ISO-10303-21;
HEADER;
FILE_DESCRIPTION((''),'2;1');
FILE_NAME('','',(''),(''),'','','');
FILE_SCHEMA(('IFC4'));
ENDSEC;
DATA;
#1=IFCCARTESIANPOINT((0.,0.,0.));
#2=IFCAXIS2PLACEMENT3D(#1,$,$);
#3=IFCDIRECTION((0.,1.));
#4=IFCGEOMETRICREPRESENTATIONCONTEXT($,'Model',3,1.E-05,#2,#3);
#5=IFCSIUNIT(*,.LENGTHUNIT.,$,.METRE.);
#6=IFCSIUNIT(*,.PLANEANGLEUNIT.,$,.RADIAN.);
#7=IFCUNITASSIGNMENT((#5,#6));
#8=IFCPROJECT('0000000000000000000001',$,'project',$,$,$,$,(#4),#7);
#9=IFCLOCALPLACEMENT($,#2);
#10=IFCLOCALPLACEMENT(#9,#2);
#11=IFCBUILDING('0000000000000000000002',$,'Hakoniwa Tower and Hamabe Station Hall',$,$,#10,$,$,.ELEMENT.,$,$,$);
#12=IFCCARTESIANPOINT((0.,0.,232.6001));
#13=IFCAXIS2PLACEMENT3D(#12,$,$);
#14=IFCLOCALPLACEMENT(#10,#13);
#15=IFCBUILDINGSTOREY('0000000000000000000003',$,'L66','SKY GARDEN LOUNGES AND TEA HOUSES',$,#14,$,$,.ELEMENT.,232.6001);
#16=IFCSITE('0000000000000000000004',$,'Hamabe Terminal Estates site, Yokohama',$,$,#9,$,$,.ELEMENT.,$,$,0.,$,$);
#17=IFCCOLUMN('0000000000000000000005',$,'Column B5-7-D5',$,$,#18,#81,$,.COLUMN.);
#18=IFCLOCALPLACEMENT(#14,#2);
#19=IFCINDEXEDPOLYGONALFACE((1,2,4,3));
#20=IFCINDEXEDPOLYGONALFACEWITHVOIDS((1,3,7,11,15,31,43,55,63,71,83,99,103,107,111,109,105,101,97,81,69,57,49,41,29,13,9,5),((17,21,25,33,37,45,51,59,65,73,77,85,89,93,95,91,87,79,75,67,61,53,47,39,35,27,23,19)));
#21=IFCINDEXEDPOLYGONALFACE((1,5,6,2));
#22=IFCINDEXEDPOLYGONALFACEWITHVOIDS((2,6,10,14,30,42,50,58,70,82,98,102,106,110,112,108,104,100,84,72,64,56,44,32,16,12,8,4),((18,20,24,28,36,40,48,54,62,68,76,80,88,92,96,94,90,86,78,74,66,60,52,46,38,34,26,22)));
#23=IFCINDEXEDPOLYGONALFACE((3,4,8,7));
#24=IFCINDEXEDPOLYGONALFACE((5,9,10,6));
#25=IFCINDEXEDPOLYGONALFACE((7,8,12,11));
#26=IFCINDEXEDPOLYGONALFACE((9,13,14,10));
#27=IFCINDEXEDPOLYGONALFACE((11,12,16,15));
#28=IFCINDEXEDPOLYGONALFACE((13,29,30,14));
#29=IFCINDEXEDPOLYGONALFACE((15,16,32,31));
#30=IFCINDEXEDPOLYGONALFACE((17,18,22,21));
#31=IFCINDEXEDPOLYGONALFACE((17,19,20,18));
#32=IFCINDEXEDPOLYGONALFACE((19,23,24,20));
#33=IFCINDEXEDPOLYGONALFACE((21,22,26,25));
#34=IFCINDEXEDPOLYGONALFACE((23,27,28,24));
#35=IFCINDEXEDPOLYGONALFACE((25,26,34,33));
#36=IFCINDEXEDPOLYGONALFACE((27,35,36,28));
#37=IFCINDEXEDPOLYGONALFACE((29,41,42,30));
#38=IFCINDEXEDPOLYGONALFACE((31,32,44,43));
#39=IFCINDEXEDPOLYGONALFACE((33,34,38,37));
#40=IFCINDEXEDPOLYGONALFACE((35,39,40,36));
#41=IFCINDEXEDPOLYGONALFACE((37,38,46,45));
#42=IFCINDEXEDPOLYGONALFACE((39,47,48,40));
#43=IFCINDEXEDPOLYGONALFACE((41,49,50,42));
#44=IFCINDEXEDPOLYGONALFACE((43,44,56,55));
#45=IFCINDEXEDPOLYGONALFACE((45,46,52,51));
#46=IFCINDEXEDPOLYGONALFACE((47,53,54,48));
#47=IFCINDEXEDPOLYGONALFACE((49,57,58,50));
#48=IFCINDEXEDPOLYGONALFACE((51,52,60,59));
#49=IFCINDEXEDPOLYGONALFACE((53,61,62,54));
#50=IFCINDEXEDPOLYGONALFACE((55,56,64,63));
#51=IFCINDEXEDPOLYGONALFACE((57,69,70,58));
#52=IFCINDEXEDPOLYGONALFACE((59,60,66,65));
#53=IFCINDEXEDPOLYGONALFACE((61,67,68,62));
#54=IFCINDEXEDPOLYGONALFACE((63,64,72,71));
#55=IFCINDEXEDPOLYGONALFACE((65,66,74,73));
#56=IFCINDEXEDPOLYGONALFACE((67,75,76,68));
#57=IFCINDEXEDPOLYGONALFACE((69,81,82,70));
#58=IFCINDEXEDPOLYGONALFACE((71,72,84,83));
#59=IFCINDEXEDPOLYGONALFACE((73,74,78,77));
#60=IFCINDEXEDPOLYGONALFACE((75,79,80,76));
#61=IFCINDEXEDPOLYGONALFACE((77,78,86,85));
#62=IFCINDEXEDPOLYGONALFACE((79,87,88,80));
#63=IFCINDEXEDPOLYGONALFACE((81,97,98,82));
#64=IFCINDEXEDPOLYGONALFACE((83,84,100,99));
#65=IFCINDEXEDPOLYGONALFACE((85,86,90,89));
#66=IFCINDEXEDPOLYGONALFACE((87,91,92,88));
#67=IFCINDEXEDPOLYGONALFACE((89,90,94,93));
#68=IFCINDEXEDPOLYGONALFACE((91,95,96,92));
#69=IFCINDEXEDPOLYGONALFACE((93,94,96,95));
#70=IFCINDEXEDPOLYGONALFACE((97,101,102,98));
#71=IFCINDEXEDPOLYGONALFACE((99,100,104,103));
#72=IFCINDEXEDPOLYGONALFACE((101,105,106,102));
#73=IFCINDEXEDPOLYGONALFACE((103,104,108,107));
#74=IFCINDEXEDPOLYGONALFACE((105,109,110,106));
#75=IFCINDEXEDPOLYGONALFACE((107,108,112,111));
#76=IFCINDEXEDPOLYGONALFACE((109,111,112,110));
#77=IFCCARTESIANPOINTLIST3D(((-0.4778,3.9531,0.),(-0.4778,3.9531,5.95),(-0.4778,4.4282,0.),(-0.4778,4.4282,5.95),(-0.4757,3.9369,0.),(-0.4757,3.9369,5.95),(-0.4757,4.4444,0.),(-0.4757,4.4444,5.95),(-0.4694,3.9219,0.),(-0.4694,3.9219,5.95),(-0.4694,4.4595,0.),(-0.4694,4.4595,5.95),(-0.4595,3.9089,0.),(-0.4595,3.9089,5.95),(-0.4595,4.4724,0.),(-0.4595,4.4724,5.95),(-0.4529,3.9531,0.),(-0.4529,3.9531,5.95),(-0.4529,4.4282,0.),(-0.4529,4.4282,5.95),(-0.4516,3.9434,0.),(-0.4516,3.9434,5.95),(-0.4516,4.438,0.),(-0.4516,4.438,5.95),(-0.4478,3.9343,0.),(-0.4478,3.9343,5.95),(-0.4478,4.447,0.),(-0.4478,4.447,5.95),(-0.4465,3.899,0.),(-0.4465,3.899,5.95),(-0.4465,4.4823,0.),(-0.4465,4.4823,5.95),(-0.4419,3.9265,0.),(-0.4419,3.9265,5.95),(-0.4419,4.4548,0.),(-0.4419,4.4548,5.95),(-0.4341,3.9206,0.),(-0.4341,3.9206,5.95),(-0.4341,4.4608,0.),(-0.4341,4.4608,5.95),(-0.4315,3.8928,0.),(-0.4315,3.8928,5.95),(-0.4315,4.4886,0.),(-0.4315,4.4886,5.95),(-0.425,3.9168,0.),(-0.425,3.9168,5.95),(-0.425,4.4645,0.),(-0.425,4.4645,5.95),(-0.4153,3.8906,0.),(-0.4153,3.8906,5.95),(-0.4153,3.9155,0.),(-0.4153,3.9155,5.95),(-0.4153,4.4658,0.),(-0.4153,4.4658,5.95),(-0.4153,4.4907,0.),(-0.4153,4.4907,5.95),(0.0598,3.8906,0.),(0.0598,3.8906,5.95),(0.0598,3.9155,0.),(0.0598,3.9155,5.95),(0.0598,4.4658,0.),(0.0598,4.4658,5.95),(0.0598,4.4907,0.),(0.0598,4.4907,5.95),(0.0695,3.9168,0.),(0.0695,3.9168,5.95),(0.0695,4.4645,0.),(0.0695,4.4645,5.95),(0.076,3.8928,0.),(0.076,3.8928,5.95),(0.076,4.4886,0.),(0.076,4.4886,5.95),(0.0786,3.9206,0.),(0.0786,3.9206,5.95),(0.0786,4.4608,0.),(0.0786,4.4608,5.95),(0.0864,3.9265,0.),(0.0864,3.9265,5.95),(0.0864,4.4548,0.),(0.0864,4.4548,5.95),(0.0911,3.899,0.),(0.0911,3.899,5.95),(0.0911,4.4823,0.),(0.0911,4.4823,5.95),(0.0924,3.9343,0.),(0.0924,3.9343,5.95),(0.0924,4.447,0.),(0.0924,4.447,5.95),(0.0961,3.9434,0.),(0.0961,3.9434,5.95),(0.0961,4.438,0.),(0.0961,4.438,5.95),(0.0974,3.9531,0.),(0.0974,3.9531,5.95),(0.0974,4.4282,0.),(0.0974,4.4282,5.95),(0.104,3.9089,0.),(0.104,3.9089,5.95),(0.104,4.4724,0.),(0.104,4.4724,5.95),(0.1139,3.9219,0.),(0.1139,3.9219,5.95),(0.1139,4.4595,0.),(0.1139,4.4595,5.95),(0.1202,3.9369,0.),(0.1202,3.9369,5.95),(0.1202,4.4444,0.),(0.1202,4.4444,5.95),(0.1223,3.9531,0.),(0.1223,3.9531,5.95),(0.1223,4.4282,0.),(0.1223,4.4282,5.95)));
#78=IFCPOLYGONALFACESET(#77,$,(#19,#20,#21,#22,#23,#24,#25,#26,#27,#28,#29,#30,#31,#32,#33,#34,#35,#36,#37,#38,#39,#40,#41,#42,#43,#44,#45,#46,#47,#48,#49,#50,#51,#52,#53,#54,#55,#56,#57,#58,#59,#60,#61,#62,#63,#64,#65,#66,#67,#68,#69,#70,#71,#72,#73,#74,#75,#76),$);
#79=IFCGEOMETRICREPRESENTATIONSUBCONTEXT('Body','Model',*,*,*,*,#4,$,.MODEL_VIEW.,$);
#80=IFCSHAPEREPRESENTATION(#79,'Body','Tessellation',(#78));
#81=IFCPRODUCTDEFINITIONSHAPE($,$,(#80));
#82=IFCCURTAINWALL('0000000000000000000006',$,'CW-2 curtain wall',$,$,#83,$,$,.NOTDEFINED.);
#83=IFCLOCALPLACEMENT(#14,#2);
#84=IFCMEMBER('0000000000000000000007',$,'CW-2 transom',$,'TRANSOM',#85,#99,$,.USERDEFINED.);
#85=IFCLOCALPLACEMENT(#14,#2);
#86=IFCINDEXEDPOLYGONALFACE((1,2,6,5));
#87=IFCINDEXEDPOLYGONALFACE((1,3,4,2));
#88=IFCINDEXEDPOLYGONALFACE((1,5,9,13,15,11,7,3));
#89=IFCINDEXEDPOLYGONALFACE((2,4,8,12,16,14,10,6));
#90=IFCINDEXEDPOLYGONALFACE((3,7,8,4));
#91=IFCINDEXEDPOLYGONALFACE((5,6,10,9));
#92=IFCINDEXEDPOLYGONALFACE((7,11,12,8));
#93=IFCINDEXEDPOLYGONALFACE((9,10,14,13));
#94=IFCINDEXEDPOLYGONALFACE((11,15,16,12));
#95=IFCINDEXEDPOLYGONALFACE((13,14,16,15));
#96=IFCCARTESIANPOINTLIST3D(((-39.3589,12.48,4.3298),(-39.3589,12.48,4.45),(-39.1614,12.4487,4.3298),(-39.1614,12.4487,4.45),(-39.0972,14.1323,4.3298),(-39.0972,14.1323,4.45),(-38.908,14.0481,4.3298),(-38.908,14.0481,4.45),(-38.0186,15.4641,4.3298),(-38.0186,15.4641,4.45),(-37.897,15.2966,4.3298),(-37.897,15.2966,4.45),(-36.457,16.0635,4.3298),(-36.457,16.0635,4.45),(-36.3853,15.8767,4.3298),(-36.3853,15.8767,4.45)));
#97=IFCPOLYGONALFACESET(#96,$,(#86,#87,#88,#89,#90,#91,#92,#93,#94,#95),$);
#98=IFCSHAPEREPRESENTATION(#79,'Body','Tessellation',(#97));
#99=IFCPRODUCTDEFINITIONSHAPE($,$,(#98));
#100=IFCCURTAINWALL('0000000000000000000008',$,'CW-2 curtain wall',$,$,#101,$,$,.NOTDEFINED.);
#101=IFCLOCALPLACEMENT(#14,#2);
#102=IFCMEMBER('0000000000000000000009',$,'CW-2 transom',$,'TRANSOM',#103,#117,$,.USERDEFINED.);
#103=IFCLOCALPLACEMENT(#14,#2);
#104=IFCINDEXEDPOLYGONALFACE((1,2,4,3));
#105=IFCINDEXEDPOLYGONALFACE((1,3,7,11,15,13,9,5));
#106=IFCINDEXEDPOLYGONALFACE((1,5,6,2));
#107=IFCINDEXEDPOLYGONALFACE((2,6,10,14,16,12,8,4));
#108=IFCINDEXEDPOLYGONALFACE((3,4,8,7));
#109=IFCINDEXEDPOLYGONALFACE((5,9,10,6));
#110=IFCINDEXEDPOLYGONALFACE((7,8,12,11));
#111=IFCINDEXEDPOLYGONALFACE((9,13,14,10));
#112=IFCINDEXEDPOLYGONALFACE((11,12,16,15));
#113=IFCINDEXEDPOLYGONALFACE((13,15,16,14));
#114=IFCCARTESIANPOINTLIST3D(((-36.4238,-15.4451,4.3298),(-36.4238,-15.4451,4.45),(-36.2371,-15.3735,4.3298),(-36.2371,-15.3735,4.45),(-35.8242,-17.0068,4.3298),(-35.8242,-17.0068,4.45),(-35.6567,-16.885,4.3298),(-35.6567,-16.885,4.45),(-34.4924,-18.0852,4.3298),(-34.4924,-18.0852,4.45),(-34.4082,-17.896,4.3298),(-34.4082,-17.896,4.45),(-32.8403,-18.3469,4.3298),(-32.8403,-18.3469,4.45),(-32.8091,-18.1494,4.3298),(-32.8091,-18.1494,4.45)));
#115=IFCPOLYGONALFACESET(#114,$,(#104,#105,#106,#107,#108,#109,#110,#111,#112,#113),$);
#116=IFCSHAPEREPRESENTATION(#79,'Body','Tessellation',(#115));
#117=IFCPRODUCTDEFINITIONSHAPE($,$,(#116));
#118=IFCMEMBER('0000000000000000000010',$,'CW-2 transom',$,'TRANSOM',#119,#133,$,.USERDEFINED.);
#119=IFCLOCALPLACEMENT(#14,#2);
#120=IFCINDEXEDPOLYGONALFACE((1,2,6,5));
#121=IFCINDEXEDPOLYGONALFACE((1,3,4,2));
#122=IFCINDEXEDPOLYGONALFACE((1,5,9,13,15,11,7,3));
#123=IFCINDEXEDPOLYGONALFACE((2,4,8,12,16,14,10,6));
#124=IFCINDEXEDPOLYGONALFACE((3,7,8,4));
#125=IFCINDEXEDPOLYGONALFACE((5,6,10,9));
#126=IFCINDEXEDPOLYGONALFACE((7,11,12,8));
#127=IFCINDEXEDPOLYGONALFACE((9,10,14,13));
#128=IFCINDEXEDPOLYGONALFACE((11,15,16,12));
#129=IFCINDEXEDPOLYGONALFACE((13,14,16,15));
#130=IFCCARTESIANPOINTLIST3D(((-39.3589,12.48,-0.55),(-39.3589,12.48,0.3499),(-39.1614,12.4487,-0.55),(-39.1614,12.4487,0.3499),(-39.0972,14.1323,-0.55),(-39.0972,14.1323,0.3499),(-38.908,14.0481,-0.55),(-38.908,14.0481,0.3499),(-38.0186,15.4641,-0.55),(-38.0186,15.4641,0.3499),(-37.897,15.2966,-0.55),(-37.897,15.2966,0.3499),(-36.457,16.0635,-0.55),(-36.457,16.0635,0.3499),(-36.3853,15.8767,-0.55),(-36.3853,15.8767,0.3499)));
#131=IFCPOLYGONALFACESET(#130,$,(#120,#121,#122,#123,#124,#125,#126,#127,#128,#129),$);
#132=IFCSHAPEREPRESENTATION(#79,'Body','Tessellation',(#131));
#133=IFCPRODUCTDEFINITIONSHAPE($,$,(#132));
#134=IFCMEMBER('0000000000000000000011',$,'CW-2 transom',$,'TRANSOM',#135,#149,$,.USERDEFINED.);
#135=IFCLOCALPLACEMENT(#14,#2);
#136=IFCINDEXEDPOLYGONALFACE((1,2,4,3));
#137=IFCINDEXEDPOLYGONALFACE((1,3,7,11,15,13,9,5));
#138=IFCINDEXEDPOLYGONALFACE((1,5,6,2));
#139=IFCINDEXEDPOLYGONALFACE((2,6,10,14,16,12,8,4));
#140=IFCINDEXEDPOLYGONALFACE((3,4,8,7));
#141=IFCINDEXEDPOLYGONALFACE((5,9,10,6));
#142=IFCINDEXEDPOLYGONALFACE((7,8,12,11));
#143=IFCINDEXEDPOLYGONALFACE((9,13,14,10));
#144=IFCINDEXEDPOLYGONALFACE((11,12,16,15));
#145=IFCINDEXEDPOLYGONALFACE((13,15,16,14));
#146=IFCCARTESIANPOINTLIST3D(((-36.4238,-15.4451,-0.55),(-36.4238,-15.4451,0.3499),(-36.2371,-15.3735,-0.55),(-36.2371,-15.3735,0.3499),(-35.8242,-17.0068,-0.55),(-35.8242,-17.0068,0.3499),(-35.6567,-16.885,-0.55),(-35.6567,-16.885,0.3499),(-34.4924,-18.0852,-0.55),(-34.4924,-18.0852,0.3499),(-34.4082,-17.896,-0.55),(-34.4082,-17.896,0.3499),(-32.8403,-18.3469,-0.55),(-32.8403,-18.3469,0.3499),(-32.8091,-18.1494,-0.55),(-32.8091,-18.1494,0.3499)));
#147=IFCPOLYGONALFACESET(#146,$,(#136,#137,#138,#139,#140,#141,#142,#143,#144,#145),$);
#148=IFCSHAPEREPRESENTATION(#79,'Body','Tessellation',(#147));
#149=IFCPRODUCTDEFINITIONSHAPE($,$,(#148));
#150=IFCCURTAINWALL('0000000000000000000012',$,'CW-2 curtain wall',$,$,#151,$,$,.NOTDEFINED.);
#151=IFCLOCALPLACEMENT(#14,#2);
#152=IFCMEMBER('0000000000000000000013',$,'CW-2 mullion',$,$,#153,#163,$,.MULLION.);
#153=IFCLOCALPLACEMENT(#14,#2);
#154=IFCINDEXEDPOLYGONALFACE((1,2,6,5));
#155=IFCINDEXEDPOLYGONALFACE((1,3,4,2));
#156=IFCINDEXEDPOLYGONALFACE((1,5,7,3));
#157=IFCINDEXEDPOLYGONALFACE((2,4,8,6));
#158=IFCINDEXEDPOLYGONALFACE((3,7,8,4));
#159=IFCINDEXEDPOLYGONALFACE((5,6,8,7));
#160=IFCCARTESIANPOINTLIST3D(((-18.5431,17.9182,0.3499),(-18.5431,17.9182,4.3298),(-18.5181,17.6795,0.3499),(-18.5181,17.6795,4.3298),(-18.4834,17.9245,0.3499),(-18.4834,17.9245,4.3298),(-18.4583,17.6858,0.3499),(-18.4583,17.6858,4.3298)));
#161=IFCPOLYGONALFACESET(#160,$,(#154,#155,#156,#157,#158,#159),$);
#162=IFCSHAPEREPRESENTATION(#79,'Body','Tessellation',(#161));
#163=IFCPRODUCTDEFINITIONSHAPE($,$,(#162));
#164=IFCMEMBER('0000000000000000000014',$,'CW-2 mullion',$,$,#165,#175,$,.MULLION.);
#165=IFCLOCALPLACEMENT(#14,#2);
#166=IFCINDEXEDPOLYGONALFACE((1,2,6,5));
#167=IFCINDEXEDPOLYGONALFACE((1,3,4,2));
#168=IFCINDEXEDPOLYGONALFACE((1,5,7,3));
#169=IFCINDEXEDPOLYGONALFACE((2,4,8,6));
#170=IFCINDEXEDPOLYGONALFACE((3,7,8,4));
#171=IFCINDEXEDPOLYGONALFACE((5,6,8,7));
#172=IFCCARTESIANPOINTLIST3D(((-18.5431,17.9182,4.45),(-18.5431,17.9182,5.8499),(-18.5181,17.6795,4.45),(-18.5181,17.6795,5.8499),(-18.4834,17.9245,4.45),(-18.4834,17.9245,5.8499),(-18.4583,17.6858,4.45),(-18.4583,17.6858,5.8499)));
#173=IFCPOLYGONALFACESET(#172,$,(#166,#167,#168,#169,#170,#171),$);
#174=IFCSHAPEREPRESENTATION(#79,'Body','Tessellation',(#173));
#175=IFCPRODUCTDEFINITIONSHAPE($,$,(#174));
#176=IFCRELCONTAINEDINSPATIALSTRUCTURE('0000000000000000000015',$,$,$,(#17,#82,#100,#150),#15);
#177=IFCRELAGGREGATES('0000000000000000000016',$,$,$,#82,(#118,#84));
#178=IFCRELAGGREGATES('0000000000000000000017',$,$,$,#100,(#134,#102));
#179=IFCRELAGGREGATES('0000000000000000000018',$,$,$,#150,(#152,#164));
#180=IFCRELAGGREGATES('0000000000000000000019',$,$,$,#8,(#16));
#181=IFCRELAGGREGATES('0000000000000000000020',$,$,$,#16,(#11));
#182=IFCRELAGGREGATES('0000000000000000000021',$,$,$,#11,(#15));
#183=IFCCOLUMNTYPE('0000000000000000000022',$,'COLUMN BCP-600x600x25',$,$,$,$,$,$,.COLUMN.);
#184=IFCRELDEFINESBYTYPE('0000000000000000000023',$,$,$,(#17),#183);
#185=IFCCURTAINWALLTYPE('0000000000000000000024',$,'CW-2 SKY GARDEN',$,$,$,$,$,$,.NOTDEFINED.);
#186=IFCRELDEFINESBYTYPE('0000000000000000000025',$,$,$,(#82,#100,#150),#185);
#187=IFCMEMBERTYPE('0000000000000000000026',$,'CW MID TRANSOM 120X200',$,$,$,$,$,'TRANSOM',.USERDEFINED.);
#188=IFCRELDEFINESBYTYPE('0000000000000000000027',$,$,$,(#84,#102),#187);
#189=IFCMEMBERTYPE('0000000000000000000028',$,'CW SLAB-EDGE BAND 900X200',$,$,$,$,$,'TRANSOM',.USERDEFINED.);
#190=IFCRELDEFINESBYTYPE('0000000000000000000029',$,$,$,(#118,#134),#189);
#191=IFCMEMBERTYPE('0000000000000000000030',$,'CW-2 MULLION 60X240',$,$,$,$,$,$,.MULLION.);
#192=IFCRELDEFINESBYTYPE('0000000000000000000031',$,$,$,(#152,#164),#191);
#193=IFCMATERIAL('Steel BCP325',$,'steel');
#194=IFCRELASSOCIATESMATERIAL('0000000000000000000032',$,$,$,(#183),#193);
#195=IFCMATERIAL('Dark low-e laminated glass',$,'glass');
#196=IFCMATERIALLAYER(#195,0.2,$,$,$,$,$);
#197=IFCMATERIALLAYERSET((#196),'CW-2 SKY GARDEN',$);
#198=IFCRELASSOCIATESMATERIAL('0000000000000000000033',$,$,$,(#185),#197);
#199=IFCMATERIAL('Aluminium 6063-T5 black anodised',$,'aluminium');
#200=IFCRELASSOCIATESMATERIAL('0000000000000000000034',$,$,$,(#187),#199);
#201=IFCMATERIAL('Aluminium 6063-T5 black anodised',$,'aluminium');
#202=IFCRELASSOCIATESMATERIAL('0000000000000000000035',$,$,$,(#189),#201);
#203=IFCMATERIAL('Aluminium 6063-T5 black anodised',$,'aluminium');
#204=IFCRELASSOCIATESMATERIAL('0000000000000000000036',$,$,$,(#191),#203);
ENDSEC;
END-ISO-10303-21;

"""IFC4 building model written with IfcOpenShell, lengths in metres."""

from ifc_helpers import new_model, si_unit, direction, frame, origin, origin_2d, place, context, subcontext, project, spatial, polyline, rectangle, hollow_rectangle, outline, extrude, material, layer, layer_set, material_profile, profile_set, type_object, element, aggregate, save


model = new_model("IFC4")

# Units and contexts
model_context = context("Model", 3, precision=1e-05, world=origin(), true_north=direction((0.0, 1.0)))
body_context = subcontext(model_context, "Body", "Model", "MODEL_VIEW")
ifc_project = project(units=[si_unit("LENGTHUNIT", "METRE"), si_unit("PLANEANGLEUNIT", "RADIAN")], contexts=[model_context])

# Site, building, storey
site_placement = place(None, origin())
site = spatial("IfcSite", under=ifc_project, at=site_placement, Name="Hamabe Terminal Estates site, Yokohama", CompositionType="ELEMENT", RefElevation=0.0)
building_placement = place(site_placement, origin())
building = spatial("IfcBuilding", under=site, at=building_placement, Name="Hakoniwa Tower and Hamabe Station Hall", CompositionType="ELEMENT")
storey_placement = place(building_placement, frame((0.0, 0.0, 232.6001)))
storey = spatial("IfcBuildingStorey", under=building, at=storey_placement, Name="L66", Description="SKY GARDEN LOUNGES AND TEA HOUSES", CompositionType="ELEMENT", Elevation=232.6001)

# Column
ifc_material_1 = material(Name="Steel BCP325", Category="steel")
ifc_material_profile_1 = material_profile(ifc_material_1, hollow_rectangle(XDim=0.6001, YDim=0.6001, WallThickness=0.0249, InnerFilletRadius=0.0376, OuterFilletRadius=0.0625, at=origin_2d()), Name="BCP-600x600x25")
ifc_profile_set_1 = profile_set([ifc_material_profile_1], Name="Steel BCP325")
column_type_1 = type_object("IfcColumnType", Name="COLUMN BCP-600x600x25", PredefinedType="COLUMN", material=ifc_profile_set_1)
for number, where, z_axis, x_axis, name in (
    (1, (-0.1777, 4.1907, 0.0), (0.0, 0.0, 1.0), (1.0, 0.0, 0.0), "Column B5-7-D5"),
):
    element("IfcColumn", number, at=place(storey_placement, frame(where, z_axis=z_axis, x_axis=x_axis)), inside=storey, type_object=column_type_1, Name=name, PredefinedType="COLUMN", context=body_context, shape_type="SweptSolid", body=[
        extrude(hollow_rectangle(XDim=0.6001, YDim=0.6001, WallThickness=0.0249, InnerFilletRadius=0.0376, OuterFilletRadius=0.0625, at=origin_2d()), origin(), (0.0, 0.0, 1.0), 5.95),
    ])

# Curtain walls, members
ifc_material_2 = material(Name="Dark low-e laminated glass", Category="glass")
ifc_layer_1 = layer(ifc_material_2, 0.2)
ifc_layer_set_1 = layer_set([ifc_layer_1], Name="CW-2 SKY GARDEN")
curtain_wall_type = type_object("IfcCurtainWallType", Name="CW-2 SKY GARDEN", PredefinedType="NOTDEFINED", material=ifc_layer_set_1)
curtain_wall_1_placement = place(storey_placement, origin())
curtain_wall_1 = element("IfcCurtainWall", 2, at=curtain_wall_1_placement, inside=storey, type_object=curtain_wall_type, Name="CW-2 curtain wall", PredefinedType="NOTDEFINED")
ifc_material_3 = material(Name="Aluminium 6063-T5 black anodised", Category="aluminium")
ifc_material_profile_2 = material_profile(ifc_material_3, rectangle(XDim=0.2, YDim=0.1201, at=origin_2d()), Name="CW MID TRANSOM 120X200")
ifc_profile_set_2 = profile_set([ifc_material_profile_2], Name="Aluminium 6063-T5 black anodised")
member_type_1 = type_object("IfcMemberType", Name="CW MID TRANSOM 120X200", ElementType="TRANSOM", PredefinedType="USERDEFINED", material=ifc_profile_set_2)
member_1_placement = place(storey_placement, frame((0.0, 0.0, 4.3298)))
member_1 = element("IfcMember", 3, at=member_1_placement, type_object=member_type_1, Name="CW-2 transom", ObjectType="TRANSOM", PredefinedType="USERDEFINED", context=body_context, shape_type="SweptSolid", body=[
    extrude(outline(polyline([(-36.457, 16.0635), (-38.0186, 15.4641), (-39.0972, 14.1323), (-39.3589, 12.48), (-39.1614, 12.4487), (-38.908, 14.0481), (-37.897, 15.2966), (-36.3853, 15.8767), (-36.457, 16.0635)])), origin(), (0.0, 0.0, 1.0), 0.1201),
])
curtain_wall_2_placement = place(storey_placement, origin())
curtain_wall_2 = element("IfcCurtainWall", 4, at=curtain_wall_2_placement, inside=storey, type_object=curtain_wall_type, Name="CW-2 curtain wall", PredefinedType="NOTDEFINED")
member_2_placement = place(storey_placement, frame((0.0, 0.0, 4.3298)))
member_2 = element("IfcMember", 5, at=member_2_placement, type_object=member_type_1, Name="CW-2 transom", ObjectType="TRANSOM", PredefinedType="USERDEFINED", context=body_context, shape_type="SweptSolid", body=[
    extrude(outline(polyline([(-36.4238, -15.4451), (-35.8242, -17.0068), (-34.4924, -18.0852), (-32.8403, -18.3469), (-32.8091, -18.1494), (-34.4082, -17.896), (-35.6567, -16.885), (-36.2371, -15.3735), (-36.4238, -15.4451)])), origin(), (0.0, 0.0, 1.0), 0.1201),
])

# Members
ifc_material_4 = material(Name="Aluminium 6063-T5 black anodised", Category="aluminium")
ifc_material_profile_3 = material_profile(ifc_material_4, rectangle(XDim=0.2, YDim=0.8999, at=origin_2d()), Name="CW SLAB-EDGE BAND 900X200")
ifc_profile_set_3 = profile_set([ifc_material_profile_3], Name="Aluminium 6063-T5 black anodised")
member_type_2 = type_object("IfcMemberType", Name="CW SLAB-EDGE BAND 900X200", ElementType="TRANSOM", PredefinedType="USERDEFINED", material=ifc_profile_set_3)
member_3_placement = place(storey_placement, frame((0.0, 0.0, -0.55)))
member_3 = element("IfcMember", 6, at=member_3_placement, type_object=member_type_2, Name="CW-2 transom", ObjectType="TRANSOM", PredefinedType="USERDEFINED", context=body_context, shape_type="SweptSolid", body=[
    extrude(outline(polyline([(-36.457, 16.0635), (-38.0186, 15.4641), (-39.0972, 14.1323), (-39.3589, 12.48), (-39.1614, 12.4487), (-38.908, 14.0481), (-37.897, 15.2966), (-36.3853, 15.8767), (-36.457, 16.0635)])), origin(), (0.0, 0.0, 1.0), 0.8999),
])
aggregate(curtain_wall_1, [member_3, member_1])
member_4_placement = place(storey_placement, frame((0.0, 0.0, -0.55)))
member_4 = element("IfcMember", 7, at=member_4_placement, type_object=member_type_2, Name="CW-2 transom", ObjectType="TRANSOM", PredefinedType="USERDEFINED", context=body_context, shape_type="SweptSolid", body=[
    extrude(outline(polyline([(-36.4238, -15.4451), (-35.8242, -17.0068), (-34.4924, -18.0852), (-32.8403, -18.3469), (-32.8091, -18.1494), (-34.4082, -17.896), (-35.6567, -16.885), (-36.2371, -15.3735), (-36.4238, -15.4451)])), origin(), (0.0, 0.0, 1.0), 0.8999),
])

# Curtain wall, members
curtain_wall_3_placement = place(storey_placement, origin())
curtain_wall_3 = element("IfcCurtainWall", 8, at=curtain_wall_3_placement, inside=storey, type_object=curtain_wall_type, Name="CW-2 curtain wall", PredefinedType="NOTDEFINED")
ifc_material_5 = material(Name="Aluminium 6063-T5 black anodised", Category="aluminium")
ifc_material_profile_4 = material_profile(ifc_material_5, rectangle(XDim=0.0601, YDim=0.24, at=origin_2d()), Name="CW-2 MULLION 60X240")
ifc_profile_set_4 = profile_set([ifc_material_profile_4], Name="Aluminium 6063-T5 black anodised")
member_type_3 = type_object("IfcMemberType", Name="CW-2 MULLION 60X240", PredefinedType="MULLION", material=ifc_profile_set_4)
member_5_placement = place(storey_placement, frame((-18.5007, 17.802, 0.3499), z_axis=(0.0, 0.0, 1.0), x_axis=(-0.994522, -0.104528, 0.0)))
member_5 = element("IfcMember", 9, at=member_5_placement, type_object=member_type_3, Name="CW-2 mullion", PredefinedType="MULLION", context=body_context, shape_type="SweptSolid", body=[
    extrude(rectangle(XDim=0.0601, YDim=0.24, at=origin_2d()), origin(), (0.0, 0.0, 1.0), 3.98),
])
member_6_placement = place(storey_placement, frame((-18.5007, 17.802, 4.45), z_axis=(0.0, 0.0, 1.0), x_axis=(-0.994522, -0.104528, 0.0)))
member_6 = element("IfcMember", 10, at=member_6_placement, type_object=member_type_3, Name="CW-2 mullion", PredefinedType="MULLION", context=body_context, shape_type="SweptSolid", body=[
    extrude(rectangle(XDim=0.0601, YDim=0.24, at=origin_2d()), origin(), (0.0, 0.0, 1.0), 1.3999),
])

aggregate(curtain_wall_2, [member_4, member_2])

aggregate(curtain_wall_3, [member_5, member_6])

save(model, "model.ifc")
